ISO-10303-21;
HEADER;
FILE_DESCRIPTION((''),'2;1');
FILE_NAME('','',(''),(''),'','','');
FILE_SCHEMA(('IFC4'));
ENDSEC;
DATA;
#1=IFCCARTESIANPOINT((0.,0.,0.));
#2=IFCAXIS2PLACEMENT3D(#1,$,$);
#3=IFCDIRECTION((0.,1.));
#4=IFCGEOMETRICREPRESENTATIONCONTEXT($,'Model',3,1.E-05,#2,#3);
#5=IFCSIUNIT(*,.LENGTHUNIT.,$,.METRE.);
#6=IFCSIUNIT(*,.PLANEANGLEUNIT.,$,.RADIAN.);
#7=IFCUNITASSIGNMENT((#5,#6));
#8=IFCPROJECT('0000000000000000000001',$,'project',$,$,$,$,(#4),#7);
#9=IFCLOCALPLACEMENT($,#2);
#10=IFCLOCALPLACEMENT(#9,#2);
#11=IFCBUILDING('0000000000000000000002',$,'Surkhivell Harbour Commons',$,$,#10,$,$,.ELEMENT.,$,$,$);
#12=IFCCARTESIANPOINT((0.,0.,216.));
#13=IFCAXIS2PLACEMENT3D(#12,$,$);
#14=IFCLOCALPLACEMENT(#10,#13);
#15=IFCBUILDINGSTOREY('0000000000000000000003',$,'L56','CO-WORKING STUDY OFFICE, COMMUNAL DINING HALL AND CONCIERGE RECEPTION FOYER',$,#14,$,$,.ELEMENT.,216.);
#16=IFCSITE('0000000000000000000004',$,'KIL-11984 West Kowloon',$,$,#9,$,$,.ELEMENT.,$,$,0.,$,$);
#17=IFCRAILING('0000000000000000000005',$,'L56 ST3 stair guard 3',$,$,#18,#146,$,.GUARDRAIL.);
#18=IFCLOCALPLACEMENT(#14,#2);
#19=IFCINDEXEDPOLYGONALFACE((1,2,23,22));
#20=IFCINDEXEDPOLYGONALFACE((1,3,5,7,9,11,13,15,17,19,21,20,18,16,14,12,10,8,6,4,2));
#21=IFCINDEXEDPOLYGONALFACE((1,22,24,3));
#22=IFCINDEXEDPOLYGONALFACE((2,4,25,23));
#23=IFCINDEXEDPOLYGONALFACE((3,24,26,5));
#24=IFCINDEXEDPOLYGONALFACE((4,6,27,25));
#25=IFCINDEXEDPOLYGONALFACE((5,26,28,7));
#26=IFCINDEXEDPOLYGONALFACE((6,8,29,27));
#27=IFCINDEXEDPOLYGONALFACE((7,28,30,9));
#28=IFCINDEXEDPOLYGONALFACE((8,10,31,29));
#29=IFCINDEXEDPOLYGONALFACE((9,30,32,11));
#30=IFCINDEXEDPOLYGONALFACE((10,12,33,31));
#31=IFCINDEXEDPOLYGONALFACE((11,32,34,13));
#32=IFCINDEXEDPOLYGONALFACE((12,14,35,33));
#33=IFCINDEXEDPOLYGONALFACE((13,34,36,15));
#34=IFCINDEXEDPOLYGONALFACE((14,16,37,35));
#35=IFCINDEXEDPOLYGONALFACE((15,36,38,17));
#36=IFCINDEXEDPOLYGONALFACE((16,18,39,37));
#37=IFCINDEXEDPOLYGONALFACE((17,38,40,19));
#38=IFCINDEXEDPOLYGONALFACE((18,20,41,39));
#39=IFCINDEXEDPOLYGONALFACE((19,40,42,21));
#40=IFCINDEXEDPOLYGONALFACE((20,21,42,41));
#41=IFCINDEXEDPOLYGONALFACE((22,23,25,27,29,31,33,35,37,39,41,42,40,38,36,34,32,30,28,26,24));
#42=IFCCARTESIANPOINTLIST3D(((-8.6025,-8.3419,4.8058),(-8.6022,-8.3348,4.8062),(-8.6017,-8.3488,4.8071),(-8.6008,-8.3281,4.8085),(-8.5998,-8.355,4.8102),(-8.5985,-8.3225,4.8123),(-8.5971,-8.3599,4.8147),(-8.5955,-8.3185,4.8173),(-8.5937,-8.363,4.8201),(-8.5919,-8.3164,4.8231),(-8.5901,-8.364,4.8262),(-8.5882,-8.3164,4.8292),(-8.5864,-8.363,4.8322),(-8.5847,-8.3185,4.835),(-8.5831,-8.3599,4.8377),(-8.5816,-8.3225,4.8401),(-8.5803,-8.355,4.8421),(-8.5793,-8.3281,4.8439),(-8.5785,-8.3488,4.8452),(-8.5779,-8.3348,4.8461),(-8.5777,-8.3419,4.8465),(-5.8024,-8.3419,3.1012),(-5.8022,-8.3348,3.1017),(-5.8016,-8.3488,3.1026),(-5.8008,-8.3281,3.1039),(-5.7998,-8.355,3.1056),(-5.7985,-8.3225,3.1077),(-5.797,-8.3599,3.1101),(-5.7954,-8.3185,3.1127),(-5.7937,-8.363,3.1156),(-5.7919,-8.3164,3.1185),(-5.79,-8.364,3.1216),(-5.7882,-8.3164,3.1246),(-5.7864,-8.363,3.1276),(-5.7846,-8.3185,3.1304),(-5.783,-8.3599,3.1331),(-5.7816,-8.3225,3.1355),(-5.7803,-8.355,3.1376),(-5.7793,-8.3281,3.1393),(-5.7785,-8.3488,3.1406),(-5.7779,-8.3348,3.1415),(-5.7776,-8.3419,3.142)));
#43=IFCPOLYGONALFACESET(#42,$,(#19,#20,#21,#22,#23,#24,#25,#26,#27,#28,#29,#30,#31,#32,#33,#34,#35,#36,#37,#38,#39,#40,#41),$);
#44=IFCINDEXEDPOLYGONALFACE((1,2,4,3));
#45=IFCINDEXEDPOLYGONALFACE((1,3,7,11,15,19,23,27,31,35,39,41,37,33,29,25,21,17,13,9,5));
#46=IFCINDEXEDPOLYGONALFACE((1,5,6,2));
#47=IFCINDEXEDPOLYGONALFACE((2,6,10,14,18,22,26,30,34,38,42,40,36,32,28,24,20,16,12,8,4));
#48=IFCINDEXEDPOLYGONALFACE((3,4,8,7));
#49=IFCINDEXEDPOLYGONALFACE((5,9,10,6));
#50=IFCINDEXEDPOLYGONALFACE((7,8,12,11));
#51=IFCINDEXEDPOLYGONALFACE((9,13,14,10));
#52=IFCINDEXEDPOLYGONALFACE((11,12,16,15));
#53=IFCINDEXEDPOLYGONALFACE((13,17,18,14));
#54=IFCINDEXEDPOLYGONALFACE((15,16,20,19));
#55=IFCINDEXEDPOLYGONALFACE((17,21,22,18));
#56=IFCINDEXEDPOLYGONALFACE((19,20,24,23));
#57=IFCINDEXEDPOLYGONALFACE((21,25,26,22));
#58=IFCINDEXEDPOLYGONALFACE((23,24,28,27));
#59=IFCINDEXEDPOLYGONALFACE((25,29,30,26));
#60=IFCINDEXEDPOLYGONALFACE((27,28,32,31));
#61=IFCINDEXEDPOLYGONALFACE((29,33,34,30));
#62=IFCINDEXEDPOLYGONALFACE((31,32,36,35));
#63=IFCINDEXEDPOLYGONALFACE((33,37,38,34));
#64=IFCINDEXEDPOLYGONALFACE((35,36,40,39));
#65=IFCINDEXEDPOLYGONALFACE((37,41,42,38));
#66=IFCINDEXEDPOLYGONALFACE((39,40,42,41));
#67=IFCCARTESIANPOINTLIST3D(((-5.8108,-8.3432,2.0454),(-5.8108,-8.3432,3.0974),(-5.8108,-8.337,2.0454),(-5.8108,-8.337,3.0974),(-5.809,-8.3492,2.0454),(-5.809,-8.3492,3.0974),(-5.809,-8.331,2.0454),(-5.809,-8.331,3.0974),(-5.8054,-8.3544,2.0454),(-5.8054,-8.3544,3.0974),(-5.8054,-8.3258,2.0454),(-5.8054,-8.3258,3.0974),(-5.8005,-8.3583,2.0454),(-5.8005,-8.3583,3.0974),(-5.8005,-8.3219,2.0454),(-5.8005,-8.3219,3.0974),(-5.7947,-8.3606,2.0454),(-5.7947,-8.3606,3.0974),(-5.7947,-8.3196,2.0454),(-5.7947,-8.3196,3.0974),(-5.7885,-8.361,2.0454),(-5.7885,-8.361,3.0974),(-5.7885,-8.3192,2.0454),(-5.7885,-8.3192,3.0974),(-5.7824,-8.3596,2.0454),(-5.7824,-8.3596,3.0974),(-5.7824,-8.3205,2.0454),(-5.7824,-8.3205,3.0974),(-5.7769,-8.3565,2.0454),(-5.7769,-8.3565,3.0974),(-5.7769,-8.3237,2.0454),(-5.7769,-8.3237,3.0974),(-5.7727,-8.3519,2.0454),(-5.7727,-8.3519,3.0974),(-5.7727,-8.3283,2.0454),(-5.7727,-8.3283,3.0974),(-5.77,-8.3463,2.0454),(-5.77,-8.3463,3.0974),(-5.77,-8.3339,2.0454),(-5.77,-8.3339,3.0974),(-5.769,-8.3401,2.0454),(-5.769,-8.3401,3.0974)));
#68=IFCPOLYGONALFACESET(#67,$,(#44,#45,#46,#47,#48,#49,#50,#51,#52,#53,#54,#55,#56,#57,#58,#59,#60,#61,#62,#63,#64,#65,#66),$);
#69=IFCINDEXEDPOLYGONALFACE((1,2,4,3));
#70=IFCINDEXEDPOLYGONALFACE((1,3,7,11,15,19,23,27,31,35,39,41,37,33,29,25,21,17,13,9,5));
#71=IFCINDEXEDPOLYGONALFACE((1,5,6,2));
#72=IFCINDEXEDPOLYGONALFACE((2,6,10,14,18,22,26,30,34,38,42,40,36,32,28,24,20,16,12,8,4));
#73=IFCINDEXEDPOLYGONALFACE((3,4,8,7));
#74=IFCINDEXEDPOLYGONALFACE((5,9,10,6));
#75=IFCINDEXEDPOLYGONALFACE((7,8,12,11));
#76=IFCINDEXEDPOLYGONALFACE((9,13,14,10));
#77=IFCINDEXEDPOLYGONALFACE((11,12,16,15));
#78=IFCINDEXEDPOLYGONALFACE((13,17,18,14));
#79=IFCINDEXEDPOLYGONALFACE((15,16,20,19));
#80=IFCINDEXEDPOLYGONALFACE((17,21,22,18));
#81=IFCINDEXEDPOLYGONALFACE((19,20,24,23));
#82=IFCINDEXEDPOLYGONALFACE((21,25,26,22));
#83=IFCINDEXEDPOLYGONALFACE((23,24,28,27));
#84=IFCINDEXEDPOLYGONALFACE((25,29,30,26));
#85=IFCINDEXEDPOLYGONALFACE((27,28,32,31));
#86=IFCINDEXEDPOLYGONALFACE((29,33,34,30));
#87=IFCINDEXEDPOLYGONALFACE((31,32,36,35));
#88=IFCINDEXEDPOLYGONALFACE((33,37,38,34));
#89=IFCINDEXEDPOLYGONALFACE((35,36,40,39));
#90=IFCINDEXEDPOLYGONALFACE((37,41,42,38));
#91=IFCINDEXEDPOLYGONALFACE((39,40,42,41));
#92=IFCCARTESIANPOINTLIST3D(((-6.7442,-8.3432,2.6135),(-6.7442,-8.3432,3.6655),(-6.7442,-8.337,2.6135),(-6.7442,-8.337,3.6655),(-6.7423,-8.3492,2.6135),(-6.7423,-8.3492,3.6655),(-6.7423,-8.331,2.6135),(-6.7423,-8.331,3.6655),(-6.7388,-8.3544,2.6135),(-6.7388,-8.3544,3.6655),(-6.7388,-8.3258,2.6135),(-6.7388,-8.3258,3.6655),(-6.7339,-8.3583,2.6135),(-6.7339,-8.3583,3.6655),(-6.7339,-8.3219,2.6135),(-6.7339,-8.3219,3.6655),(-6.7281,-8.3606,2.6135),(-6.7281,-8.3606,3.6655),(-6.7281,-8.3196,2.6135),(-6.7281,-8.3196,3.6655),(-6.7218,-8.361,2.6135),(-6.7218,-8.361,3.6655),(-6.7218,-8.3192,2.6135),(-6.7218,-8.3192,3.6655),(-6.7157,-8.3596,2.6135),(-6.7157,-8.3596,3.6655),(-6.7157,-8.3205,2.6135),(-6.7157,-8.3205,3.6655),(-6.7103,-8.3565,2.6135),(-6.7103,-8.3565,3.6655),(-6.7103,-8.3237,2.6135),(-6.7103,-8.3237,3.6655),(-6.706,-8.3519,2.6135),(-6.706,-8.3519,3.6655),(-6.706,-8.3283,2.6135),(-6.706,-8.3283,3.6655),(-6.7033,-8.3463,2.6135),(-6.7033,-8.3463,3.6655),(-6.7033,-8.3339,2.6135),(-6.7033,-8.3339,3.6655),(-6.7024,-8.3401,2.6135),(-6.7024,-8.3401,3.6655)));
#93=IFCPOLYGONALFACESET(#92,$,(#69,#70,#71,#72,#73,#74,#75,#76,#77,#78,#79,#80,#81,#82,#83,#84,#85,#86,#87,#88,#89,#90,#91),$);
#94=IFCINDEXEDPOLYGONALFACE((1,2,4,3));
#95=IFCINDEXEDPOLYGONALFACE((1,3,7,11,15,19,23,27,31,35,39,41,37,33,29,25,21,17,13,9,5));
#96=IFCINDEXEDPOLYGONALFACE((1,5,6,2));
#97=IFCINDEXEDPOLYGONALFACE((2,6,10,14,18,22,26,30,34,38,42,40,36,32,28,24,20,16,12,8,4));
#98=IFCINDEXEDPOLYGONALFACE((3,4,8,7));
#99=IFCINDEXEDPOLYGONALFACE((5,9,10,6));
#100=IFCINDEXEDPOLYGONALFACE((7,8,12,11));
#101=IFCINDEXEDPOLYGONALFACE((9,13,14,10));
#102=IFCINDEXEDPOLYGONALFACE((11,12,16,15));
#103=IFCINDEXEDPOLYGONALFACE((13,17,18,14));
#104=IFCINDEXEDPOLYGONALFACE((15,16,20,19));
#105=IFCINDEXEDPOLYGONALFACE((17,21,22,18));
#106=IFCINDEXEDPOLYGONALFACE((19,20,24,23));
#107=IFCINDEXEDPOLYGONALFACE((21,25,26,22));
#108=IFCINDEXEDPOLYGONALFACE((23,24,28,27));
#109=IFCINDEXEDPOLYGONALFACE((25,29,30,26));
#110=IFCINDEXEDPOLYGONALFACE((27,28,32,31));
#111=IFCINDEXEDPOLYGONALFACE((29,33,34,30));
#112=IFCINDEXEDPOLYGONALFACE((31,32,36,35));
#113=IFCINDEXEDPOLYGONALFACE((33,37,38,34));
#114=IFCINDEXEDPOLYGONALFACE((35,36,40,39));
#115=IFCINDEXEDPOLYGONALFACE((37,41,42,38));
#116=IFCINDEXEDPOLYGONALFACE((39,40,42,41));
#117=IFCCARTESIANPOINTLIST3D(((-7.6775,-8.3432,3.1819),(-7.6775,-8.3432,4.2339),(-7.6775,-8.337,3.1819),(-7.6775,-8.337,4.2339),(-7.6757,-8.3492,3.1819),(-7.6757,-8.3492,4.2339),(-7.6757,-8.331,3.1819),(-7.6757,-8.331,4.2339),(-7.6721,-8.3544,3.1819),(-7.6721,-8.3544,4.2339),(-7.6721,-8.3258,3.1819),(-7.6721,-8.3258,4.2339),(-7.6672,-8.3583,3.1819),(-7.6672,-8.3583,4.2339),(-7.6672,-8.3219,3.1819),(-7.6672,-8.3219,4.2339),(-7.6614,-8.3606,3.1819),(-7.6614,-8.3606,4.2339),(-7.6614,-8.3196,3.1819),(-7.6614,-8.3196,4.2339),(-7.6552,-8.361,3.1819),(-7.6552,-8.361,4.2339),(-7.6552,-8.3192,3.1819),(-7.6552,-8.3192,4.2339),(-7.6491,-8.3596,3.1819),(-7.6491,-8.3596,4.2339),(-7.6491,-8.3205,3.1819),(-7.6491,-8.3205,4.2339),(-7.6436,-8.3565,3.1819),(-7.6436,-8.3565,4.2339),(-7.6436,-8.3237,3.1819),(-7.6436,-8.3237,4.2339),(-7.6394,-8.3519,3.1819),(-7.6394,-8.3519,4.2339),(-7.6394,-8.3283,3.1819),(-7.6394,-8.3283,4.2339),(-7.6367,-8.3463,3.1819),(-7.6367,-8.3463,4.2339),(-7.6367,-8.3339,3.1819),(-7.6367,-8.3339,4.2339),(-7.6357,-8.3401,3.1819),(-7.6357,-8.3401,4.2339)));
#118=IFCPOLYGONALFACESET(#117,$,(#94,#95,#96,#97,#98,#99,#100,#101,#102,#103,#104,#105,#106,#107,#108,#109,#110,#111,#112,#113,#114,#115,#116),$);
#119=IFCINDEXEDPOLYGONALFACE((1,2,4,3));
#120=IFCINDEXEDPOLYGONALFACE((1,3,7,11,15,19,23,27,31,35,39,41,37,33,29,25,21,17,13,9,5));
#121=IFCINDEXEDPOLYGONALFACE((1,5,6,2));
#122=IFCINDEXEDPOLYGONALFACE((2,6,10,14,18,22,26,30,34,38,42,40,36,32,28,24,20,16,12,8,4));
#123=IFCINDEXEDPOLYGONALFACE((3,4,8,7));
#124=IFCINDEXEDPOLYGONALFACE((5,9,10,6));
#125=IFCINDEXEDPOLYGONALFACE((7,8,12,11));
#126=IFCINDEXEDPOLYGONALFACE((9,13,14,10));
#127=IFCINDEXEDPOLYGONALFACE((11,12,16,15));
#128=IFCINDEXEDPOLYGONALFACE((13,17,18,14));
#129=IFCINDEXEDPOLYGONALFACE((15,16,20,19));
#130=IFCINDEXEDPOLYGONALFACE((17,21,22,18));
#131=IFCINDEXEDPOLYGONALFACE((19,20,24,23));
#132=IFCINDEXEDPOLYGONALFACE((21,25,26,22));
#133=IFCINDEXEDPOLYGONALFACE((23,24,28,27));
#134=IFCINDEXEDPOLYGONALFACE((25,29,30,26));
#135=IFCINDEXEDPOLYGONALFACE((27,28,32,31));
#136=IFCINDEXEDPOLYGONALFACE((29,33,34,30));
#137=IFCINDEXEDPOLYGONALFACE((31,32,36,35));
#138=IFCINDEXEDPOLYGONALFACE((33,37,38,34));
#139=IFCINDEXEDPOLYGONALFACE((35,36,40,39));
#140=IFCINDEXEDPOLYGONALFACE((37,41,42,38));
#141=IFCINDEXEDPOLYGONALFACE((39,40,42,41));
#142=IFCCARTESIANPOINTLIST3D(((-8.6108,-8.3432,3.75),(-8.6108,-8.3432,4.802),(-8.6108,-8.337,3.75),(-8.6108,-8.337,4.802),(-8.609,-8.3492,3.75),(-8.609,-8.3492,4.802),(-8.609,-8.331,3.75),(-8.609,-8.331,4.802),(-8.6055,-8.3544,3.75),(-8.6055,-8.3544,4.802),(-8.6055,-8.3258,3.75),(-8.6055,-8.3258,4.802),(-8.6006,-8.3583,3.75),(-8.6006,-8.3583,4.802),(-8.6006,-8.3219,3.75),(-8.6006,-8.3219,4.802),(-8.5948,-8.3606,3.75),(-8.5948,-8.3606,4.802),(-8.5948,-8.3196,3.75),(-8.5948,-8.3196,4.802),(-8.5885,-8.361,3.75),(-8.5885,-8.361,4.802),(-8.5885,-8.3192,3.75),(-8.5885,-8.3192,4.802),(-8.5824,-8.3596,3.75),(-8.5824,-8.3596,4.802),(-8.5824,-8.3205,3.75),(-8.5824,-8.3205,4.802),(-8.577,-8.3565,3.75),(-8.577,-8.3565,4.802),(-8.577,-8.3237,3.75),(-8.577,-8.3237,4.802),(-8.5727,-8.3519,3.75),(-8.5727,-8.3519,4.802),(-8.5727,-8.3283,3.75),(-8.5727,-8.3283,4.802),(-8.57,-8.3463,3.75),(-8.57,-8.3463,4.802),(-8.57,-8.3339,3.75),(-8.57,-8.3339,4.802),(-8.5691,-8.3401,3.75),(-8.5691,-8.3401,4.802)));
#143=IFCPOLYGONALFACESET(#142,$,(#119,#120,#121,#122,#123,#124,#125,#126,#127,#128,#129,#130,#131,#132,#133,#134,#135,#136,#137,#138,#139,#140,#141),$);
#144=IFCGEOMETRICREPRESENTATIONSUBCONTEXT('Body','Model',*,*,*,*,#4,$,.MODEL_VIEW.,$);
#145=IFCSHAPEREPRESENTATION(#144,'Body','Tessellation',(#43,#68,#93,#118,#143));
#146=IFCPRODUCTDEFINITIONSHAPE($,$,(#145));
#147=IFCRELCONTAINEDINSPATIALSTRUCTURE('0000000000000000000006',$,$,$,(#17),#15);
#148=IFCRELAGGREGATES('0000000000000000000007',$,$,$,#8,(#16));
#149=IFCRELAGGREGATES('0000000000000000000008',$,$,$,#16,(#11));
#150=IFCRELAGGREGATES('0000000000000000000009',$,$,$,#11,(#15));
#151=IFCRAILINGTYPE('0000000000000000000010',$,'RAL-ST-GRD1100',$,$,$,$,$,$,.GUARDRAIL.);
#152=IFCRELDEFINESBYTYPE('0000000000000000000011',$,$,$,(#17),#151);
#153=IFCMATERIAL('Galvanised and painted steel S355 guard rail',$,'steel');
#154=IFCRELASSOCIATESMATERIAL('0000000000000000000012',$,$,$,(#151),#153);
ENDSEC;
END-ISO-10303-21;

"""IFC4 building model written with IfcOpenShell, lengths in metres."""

from ifc_helpers import new_model, si_unit, direction, frame, origin, origin_2d, place, context, subcontext, project, spatial, circle, extrude, material, type_object, element, save


model = new_model("IFC4")

# Units and contexts
model_context = context("Model", 3, precision=1e-05, world=origin(), true_north=direction((0.0, 1.0)))
body_context = subcontext(model_context, "Body", "Model", "MODEL_VIEW")
ifc_project = project(units=[si_unit("LENGTHUNIT", "METRE"), si_unit("PLANEANGLEUNIT", "RADIAN")], contexts=[model_context])

# Site, building, storey
site_placement = place(None, origin())
site = spatial("IfcSite", under=ifc_project, at=site_placement, Name="KIL-11984 West Kowloon", CompositionType="ELEMENT", RefElevation=0.0)
building_placement = place(site_placement, origin())
building = spatial("IfcBuilding", under=site, at=building_placement, Name="Surkhivell Harbour Commons", CompositionType="ELEMENT")
storey_placement = place(building_placement, frame((0.0, 0.0, 216.0)))
storey = spatial("IfcBuildingStorey", under=building, at=storey_placement, Name="L56", Description="CO-WORKING STUDY OFFICE, COMMUNAL DINING HALL AND CONCIERGE RECEPTION FOYER", CompositionType="ELEMENT", Elevation=216.0)

# Railing
ifc_material_1 = material(Name="Galvanised and painted steel S355 guard rail", Category="steel")
railing_type_1 = type_object("IfcRailingType", Name="RAL-ST-GRD1100", PredefinedType="GUARDRAIL", material=ifc_material_1)
railing_1_placement = place(storey_placement, frame((-5.79, -8.3401, 2.0454)))
element("IfcRailing", 1, at=railing_1_placement, inside=storey, type_object=railing_type_1, Name="L56 ST3 stair guard 3", PredefinedType="GUARDRAIL", context=body_context, shape_type="SweptSolid", body=[
    extrude(circle(Radius=0.0239, at=origin_2d()), frame((0.0, 0.0, 1.0762), z_axis=(-0.85417, 0.0, 0.519994), x_axis=(0.0, -1.0, 0.0)), (0.0, 0.0, 1.0), 3.2781),
    extrude(circle(Radius=0.021, at=origin_2d()), origin(), (0.0, 0.0, 1.0), 1.052),
    extrude(circle(Radius=0.021, at=origin_2d()), frame((-0.9333, 0.0, 0.5681)), (0.0, 0.0, 1.0), 1.052),
    extrude(circle(Radius=0.021, at=origin_2d()), frame((-1.8667, 0.0, 1.1365)), (0.0, 0.0, 1.0), 1.052),
    extrude(circle(Radius=0.021, at=origin_2d()), frame((-2.8, 0.0, 1.7046)), (0.0, 0.0, 1.0), 1.052),
])

save(model, "model.ifc")
